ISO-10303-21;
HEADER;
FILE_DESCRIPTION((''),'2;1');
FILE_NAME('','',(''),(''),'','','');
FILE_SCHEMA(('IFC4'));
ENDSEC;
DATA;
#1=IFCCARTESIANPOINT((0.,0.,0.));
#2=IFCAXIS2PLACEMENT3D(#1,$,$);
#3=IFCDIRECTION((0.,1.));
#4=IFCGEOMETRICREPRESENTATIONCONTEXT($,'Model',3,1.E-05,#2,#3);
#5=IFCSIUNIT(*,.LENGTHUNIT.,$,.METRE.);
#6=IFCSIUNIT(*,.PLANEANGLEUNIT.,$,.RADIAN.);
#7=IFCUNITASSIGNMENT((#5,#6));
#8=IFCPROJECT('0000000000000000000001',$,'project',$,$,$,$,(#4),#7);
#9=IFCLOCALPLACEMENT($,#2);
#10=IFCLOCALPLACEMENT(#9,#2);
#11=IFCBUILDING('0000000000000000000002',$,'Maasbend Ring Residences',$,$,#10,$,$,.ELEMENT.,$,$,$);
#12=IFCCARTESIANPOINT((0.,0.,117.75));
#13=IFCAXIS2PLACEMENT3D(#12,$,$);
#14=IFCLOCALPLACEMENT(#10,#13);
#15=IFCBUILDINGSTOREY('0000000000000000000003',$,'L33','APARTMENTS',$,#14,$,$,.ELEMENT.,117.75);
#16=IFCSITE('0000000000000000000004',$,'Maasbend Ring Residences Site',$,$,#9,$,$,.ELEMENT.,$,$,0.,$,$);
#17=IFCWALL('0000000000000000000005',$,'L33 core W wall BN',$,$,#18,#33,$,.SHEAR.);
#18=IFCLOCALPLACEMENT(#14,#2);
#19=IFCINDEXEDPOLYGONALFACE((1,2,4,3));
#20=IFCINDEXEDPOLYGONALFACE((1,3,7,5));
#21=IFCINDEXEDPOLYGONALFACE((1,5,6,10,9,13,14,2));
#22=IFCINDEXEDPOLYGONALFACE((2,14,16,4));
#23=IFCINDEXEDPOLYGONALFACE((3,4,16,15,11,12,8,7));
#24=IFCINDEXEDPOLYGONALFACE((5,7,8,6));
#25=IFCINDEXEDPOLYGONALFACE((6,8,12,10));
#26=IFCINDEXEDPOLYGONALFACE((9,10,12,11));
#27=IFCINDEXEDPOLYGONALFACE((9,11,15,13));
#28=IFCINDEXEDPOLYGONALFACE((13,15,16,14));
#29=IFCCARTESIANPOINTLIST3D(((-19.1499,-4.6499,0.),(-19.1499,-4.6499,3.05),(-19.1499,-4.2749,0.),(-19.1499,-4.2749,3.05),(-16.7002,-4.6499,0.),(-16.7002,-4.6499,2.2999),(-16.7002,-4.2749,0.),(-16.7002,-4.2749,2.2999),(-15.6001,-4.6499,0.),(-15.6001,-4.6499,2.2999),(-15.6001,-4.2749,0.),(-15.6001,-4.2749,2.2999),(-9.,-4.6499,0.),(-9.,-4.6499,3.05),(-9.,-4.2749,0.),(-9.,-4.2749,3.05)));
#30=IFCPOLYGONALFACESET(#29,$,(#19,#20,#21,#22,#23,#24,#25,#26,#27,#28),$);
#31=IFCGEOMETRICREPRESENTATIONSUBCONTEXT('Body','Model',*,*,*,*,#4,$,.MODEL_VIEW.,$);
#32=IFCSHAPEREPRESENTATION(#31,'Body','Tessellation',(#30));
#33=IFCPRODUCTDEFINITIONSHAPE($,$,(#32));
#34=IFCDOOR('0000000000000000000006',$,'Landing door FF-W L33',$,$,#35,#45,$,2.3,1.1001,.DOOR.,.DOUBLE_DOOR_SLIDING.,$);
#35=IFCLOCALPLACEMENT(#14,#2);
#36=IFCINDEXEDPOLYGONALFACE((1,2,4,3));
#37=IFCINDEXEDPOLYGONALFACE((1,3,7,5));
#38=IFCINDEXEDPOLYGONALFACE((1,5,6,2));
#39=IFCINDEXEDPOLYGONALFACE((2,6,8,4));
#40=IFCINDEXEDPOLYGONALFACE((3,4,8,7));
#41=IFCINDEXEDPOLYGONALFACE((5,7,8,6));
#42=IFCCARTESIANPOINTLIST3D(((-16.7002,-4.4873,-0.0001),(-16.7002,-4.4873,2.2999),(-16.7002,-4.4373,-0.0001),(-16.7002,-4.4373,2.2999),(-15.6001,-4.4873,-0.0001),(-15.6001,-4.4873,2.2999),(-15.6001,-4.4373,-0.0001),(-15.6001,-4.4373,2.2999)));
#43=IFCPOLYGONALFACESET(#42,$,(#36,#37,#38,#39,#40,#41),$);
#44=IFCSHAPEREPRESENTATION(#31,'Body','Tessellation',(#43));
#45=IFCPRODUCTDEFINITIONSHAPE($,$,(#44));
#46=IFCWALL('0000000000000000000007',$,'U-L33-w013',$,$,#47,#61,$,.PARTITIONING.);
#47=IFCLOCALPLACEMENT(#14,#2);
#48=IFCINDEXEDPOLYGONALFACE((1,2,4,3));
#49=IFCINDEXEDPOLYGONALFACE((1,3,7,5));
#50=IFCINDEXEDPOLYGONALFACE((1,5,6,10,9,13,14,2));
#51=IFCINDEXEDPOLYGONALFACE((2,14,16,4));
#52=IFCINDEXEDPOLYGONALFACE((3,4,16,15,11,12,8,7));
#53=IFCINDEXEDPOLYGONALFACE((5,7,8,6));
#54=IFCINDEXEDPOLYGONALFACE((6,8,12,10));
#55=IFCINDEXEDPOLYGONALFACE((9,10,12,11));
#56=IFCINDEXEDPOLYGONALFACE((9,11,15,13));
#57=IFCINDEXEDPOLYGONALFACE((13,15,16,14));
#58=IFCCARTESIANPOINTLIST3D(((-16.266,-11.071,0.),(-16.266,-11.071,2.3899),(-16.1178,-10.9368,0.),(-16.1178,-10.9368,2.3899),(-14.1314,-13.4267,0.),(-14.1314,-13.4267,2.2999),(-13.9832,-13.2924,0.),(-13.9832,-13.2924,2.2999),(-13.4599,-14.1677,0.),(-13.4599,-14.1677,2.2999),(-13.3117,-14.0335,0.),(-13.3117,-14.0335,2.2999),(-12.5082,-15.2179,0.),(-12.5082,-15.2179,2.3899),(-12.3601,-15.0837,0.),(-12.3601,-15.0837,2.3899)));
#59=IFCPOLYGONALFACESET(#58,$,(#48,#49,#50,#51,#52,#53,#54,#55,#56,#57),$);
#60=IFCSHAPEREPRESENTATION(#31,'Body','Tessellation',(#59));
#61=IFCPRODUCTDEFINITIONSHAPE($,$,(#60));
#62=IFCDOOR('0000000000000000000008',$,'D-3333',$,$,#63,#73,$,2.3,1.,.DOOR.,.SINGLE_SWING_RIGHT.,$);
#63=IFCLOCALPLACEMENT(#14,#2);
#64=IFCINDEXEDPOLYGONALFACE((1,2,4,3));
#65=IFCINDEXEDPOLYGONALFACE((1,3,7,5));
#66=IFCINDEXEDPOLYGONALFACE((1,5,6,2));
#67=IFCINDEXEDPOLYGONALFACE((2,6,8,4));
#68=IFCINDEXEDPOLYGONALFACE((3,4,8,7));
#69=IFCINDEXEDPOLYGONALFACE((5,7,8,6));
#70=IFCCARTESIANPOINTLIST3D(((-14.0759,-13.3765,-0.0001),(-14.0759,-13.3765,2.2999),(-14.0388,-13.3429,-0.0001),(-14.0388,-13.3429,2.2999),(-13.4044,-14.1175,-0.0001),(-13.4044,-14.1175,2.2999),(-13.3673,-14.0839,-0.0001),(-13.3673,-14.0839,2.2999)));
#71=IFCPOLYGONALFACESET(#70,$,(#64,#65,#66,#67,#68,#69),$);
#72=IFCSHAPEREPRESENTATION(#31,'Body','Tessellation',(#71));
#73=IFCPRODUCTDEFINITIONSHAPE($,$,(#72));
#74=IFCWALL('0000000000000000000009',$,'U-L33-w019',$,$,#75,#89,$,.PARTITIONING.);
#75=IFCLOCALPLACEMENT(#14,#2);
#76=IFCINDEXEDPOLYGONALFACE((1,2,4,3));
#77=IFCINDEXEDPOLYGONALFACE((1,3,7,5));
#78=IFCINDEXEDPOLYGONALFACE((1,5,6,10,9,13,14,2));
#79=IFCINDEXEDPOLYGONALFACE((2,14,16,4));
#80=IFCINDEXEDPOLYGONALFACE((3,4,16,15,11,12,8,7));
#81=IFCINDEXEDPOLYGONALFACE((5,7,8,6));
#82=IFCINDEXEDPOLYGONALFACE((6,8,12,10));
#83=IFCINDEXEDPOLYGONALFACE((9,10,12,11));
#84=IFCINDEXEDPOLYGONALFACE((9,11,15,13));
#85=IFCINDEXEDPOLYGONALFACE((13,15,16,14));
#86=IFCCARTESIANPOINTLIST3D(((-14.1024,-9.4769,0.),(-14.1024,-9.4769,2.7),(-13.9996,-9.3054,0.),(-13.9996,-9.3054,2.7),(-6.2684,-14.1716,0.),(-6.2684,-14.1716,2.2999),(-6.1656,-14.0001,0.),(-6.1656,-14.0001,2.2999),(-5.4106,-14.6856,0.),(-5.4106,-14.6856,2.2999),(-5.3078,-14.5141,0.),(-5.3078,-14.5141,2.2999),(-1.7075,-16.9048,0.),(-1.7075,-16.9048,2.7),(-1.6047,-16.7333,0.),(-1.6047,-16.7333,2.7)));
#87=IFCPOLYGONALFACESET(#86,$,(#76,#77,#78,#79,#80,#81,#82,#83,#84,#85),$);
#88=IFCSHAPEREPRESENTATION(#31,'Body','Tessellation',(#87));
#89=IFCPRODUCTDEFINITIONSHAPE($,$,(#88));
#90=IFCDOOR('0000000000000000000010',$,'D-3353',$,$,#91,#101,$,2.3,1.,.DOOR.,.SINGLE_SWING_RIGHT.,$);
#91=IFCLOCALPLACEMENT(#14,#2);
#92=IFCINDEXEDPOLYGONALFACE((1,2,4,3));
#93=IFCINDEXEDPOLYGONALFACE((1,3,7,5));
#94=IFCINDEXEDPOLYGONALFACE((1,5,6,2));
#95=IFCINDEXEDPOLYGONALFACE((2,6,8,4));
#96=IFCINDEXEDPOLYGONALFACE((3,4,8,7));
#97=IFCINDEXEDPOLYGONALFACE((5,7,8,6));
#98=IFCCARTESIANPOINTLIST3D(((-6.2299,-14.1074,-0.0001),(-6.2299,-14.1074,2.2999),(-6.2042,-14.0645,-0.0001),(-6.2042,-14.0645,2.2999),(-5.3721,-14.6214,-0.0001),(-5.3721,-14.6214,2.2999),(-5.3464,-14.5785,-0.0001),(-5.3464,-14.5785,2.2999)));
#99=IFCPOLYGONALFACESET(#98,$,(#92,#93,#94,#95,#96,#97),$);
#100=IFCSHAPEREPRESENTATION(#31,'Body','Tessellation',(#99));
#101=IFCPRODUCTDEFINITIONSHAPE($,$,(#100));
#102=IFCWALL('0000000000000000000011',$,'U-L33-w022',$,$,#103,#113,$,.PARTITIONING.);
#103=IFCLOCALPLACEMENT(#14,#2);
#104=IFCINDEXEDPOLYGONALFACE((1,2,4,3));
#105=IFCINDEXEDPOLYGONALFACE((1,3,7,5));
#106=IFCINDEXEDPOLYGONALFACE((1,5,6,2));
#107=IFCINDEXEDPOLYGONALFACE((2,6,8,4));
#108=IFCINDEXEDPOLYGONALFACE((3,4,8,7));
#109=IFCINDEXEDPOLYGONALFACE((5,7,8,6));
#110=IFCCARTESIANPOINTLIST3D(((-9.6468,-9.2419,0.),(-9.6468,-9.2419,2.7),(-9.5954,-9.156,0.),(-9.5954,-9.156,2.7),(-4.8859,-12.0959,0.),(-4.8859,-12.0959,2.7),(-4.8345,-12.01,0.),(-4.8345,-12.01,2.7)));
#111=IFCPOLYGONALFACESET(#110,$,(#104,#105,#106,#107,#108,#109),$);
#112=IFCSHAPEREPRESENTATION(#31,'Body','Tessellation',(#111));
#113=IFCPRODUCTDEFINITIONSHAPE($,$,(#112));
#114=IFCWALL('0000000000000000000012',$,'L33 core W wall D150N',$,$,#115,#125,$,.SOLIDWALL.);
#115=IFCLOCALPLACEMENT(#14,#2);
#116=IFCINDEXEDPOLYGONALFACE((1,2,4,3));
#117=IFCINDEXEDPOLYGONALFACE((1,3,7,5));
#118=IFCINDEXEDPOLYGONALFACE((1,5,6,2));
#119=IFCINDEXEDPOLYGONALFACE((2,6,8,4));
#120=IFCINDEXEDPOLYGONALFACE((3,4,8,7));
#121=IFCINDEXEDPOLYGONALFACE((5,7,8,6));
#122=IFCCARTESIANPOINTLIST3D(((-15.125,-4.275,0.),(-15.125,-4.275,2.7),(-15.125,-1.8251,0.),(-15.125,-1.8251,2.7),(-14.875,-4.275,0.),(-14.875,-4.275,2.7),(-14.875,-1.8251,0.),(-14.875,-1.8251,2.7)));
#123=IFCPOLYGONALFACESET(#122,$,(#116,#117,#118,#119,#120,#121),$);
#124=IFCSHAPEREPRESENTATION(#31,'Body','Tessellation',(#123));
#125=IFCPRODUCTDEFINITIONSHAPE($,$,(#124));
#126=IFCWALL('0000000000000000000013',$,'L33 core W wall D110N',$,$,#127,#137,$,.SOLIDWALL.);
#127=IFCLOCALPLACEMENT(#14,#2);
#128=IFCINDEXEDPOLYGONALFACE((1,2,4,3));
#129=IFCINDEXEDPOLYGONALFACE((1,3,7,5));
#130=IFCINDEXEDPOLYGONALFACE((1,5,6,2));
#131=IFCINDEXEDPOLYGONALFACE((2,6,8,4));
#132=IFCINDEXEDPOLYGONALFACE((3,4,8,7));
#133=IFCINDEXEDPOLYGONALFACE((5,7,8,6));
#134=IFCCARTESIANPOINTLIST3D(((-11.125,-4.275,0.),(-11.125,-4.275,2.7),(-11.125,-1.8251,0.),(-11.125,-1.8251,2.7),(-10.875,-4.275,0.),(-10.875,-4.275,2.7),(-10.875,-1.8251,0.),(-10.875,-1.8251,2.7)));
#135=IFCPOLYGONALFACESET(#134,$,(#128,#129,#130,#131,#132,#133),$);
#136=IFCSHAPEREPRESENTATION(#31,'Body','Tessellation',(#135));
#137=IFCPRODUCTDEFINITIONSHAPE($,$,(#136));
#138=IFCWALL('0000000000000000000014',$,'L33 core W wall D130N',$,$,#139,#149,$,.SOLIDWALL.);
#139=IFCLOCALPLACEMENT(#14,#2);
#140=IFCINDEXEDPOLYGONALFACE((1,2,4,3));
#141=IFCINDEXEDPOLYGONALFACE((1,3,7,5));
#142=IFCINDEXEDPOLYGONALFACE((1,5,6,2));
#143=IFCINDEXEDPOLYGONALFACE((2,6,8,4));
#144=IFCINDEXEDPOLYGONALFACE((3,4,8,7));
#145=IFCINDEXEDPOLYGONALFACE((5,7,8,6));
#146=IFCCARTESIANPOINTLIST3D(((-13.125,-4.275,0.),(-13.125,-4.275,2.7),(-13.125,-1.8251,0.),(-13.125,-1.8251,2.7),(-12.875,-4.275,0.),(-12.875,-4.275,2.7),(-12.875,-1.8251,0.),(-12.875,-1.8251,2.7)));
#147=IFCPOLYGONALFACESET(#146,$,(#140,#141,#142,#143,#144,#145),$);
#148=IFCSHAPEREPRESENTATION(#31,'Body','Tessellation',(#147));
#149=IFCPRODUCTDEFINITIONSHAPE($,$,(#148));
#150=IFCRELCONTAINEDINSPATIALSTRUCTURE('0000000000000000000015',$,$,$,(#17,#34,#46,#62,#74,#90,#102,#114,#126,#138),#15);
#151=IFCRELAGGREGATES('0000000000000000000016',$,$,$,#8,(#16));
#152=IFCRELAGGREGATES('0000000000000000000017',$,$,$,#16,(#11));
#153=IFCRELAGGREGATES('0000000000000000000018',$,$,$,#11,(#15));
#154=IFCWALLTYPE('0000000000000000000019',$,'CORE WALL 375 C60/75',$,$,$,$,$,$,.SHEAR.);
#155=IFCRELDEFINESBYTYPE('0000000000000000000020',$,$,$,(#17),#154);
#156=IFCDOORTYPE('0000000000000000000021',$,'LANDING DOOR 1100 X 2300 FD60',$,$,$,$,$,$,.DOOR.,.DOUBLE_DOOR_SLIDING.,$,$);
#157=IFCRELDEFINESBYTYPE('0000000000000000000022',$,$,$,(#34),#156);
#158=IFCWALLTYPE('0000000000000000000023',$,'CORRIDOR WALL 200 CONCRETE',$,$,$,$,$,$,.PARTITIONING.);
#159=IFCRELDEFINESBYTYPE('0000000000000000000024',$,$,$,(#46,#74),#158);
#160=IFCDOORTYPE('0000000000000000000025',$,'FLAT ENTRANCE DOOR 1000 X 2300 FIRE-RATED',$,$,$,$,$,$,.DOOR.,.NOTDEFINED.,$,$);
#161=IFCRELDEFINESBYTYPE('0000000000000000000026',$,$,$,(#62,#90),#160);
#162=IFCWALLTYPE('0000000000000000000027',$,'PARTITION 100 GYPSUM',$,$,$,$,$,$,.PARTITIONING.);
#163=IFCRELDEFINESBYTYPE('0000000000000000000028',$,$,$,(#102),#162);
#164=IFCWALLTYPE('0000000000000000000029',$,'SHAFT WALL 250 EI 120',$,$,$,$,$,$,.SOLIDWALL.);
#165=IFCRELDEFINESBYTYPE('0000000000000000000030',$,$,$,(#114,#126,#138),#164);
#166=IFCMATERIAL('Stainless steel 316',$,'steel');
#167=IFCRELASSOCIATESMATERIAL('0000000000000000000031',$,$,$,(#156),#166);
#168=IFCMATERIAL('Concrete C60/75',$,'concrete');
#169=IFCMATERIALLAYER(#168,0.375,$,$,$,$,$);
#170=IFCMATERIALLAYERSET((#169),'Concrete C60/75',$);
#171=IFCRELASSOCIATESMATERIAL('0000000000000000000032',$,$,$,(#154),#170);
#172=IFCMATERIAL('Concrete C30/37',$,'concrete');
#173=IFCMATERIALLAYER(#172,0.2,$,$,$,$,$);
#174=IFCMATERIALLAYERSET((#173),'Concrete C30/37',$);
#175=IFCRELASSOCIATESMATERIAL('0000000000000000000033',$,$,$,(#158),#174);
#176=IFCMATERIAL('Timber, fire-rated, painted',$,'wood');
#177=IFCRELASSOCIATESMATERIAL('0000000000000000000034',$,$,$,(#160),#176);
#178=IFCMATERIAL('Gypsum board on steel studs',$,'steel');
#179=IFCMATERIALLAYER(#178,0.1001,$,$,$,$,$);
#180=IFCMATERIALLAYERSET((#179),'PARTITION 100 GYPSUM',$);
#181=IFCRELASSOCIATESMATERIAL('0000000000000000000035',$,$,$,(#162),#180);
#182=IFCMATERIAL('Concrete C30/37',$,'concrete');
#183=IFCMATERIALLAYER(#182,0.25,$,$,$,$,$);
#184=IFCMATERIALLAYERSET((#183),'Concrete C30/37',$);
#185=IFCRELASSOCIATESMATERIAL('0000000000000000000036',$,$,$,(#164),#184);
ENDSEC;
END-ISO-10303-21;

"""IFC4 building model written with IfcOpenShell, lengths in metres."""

from ifc_helpers import new_model, si_unit, direction, frame, frame_2d, origin, place, context, subcontext, project, spatial, rectangle, extrude, material, layer, layer_set, type_object, element, fill, save


model = new_model("IFC4")

# Units and contexts
model_context = context("Model", 3, precision=1e-05, world=origin(), true_north=direction((0.0, 1.0)))
body_context = subcontext(model_context, "Body", "Model", "MODEL_VIEW")
ifc_project = project(units=[si_unit("LENGTHUNIT", "METRE"), si_unit("PLANEANGLEUNIT", "RADIAN")], contexts=[model_context])

# Site, building, storey
site_placement = place(None, origin())
site = spatial("IfcSite", under=ifc_project, at=site_placement, Name="Maasbend Ring Residences Site", CompositionType="ELEMENT", RefElevation=0.0)
building_placement = place(site_placement, origin())
building = spatial("IfcBuilding", under=site, at=building_placement, Name="Maasbend Ring Residences", CompositionType="ELEMENT")
storey_placement = place(building_placement, frame((0.0, 0.0, 117.75)))
storey = spatial("IfcBuildingStorey", under=building, at=storey_placement, Name="L33", Description="APARTMENTS", CompositionType="ELEMENT", Elevation=117.75)

# Shared definitions
ifc_material_1 = material(Name="Stainless steel 316", Category="steel")
door_type_1 = type_object("IfcDoorType", Name="LANDING DOOR 1100 X 2300 FD60", OperationType="DOUBLE_DOOR_SLIDING", PredefinedType="DOOR", material=ifc_material_1)

# Walls, openings, doors
ifc_material_2 = material(Name="Concrete C60/75", Category="concrete")
ifc_layer_1 = layer(ifc_material_2, 0.375)
ifc_layer_set_1 = layer_set([ifc_layer_1], Name="Concrete C60/75")
wall_type_1 = type_object("IfcWallType", Name="CORE WALL 375 C60/75", PredefinedType="SHEAR", material=ifc_layer_set_1)
wall_1_placement = place(storey_placement, frame((-9.0, -4.4624, 0.0), z_axis=(0.0, 0.0, 1.0), x_axis=(-1.0, 0.0, 0.0)))
wall_1 = element("IfcWall", 1, at=wall_1_placement, inside=storey, type_object=wall_type_1, Name="L33 core W wall BN", PredefinedType="SHEAR", context=body_context, shape_type="SweptSolid", body=[
    extrude(rectangle(XDim=10.1499, YDim=0.375, at=frame_2d((5.075, 0.0))), origin(), (0.0, 0.0, 1.0), 3.05),
])
opening_1_placement = place(wall_1_placement, frame((6.6001, 0.0, 0.0)))
opening_1 = element("IfcOpeningElement", 2, at=opening_1_placement, cuts=wall_1, PredefinedType="OPENING", context=body_context, shape_type="SweptSolid", body=[
    extrude(rectangle(XDim=1.1001, YDim=2.3, at=frame_2d((0.55, 1.1499))), frame((0.0, 0.1975, 0.0), z_axis=(0.0, -1.0, 0.0), x_axis=(1.0, 0.0, 0.0)), (0.0, 0.0, 1.0), 0.395),
])
door_1_placement = place(opening_1_placement, origin())
door_1 = element("IfcDoor", 3, at=door_1_placement, inside=storey, type_object=door_type_1, Name="Landing door FF-W L33", OperationType="DOUBLE_DOOR_SLIDING", OverallHeight=2.3, OverallWidth=1.1001, PredefinedType="DOOR", context=body_context, shape_type="SweptSolid", body=[
    extrude(rectangle(XDim=1.1001, YDim=2.3, at=frame_2d((0.55, 1.1499))), frame((0.0, 0.0249, 0.0), z_axis=(0.0, -1.0, 0.0), x_axis=(1.0, 0.0, 0.0)), (0.0, 0.0, 1.0), 0.05),
])
fill(opening_1, door_1)
ifc_material_3 = material(Name="Concrete C30/37", Category="concrete")
ifc_layer_2 = layer(ifc_material_3, 0.2)
ifc_layer_set_2 = layer_set([ifc_layer_2], Name="Concrete C30/37")
wall_type_2 = type_object("IfcWallType", Name="CORRIDOR WALL 200 CONCRETE", PredefinedType="PARTITIONING", material=ifc_layer_set_2)
wall_2_placement = place(storey_placement, frame((-16.1919, -11.0039, 0.0), z_axis=(0.0, 0.0, 1.0), x_axis=(0.671482, -0.741021, 0.0)))
wall_2 = element("IfcWall", 4, at=wall_2_placement, inside=storey, type_object=wall_type_2, Name="U-L33-w013", PredefinedType="PARTITIONING", context=body_context, shape_type="SweptSolid", body=[
    extrude(rectangle(XDim=5.5962, YDim=0.2, at=frame_2d((2.7981, 0.0))), origin(), (0.0, 0.0, 1.0), 2.3899),
])
opening_2_placement = place(wall_2_placement, frame((3.179, 0.0, 0.0)))
opening_2 = element("IfcOpeningElement", 5, at=opening_2_placement, cuts=wall_2, PredefinedType="OPENING", context=body_context, shape_type="SweptSolid", body=[
    extrude(rectangle(XDim=1.0, YDim=2.3, at=frame_2d((0.5, 1.1499))), frame((0.0, 0.1099, 0.0), z_axis=(0.0, -1.0, 0.0), x_axis=(1.0, 0.0, 0.0)), (0.0, 0.0, 1.0), 0.22),
])
ifc_material_4 = material(Name="Timber, fire-rated, painted", Category="wood")
door_type_2 = type_object("IfcDoorType", Name="FLAT ENTRANCE DOOR 1000 X 2300 FIRE-RATED", OperationType="NOTDEFINED", PredefinedType="DOOR", material=ifc_material_4)
door_2_placement = place(opening_2_placement, origin())
door_2 = element("IfcDoor", 6, at=door_2_placement, inside=storey, type_object=door_type_2, Name="D-3333", OperationType="SINGLE_SWING_RIGHT", OverallHeight=2.3, OverallWidth=1.0, PredefinedType="DOOR", context=body_context, shape_type="SweptSolid", body=[
    extrude(rectangle(XDim=1.0, YDim=2.3, at=frame_2d((0.5, 1.1499))), frame((0.0, 0.0249, 0.0), z_axis=(0.0, -1.0, 0.0), x_axis=(1.0, 0.0, 0.0)), (0.0, 0.0, 1.0), 0.05),
])
fill(opening_2, door_2)
wall_3_placement = place(storey_placement, frame((-14.051, -9.3911, 0.0), z_axis=(0.0, 0.0, 1.0), x_axis=(0.857769, -0.514036, 0.0)))
wall_3 = element("IfcWall", 7, at=wall_3_placement, inside=storey, type_object=wall_type_2, Name="U-L33-w019", PredefinedType="PARTITIONING", context=body_context, shape_type="SweptSolid", body=[
    extrude(rectangle(XDim=14.4502, YDim=0.2, at=frame_2d((7.2251, 0.0))), origin(), (0.0, 0.0, 1.0), 2.7),
])
opening_3_placement = place(wall_3_placement, frame((9.1331, 0.0, 0.0)))
opening_3 = element("IfcOpeningElement", 8, at=opening_3_placement, cuts=wall_3, PredefinedType="OPENING", context=body_context, shape_type="SweptSolid", body=[
    extrude(rectangle(XDim=1.0, YDim=2.3, at=frame_2d((0.5, 1.1499))), frame((0.0, 0.1099, 0.0), z_axis=(0.0, -1.0, 0.0), x_axis=(1.0, 0.0, 0.0)), (0.0, 0.0, 1.0), 0.22),
])
door_3_placement = place(opening_3_placement, origin())
door_3 = element("IfcDoor", 9, at=door_3_placement, inside=storey, type_object=door_type_2, Name="D-3353", OperationType="SINGLE_SWING_RIGHT", OverallHeight=2.3, OverallWidth=1.0, PredefinedType="DOOR", context=body_context, shape_type="SweptSolid", body=[
    extrude(rectangle(XDim=1.0, YDim=2.3, at=frame_2d((0.5, 1.1499))), frame((0.0, 0.0249, 0.0), z_axis=(0.0, -1.0, 0.0), x_axis=(1.0, 0.0, 0.0)), (0.0, 0.0, 1.0), 0.05),
])
fill(opening_3, door_3)

# Walls
ifc_material_5 = material(Name="Gypsum board on steel studs", Category="steel")
ifc_layer_3 = layer(ifc_material_5, 0.1001)
ifc_layer_set_3 = layer_set([ifc_layer_3], Name="PARTITION 100 GYPSUM")
wall_type_3 = type_object("IfcWallType", Name="PARTITION 100 GYPSUM", PredefinedType="PARTITIONING", material=ifc_layer_set_3)
wall_4_placement = place(storey_placement, frame((-9.6211, -9.199, 0.0), z_axis=(0.0, 0.0, 1.0), x_axis=(0.857699, -0.514153, 0.0)))
element("IfcWall", 10, at=wall_4_placement, inside=storey, type_object=wall_type_3, Name="U-L33-w022", PredefinedType="PARTITIONING", context=body_context, shape_type="SweptSolid", body=[
    extrude(rectangle(XDim=5.5508, YDim=0.1001, at=frame_2d((2.7754, 0.0))), origin(), (0.0, 0.0, 1.0), 2.7),
])
ifc_material_6 = material(Name="Concrete C30/37", Category="concrete")
ifc_layer_4 = layer(ifc_material_6, 0.25)
ifc_layer_set_4 = layer_set([ifc_layer_4], Name="Concrete C30/37")
wall_type_4 = type_object("IfcWallType", Name="SHAFT WALL 250 EI 120", PredefinedType="SOLIDWALL", material=ifc_layer_set_4)
for number, where, z_axis, x_axis, name in (
    (11, (-15.0, -1.825, 0.0), (0.0, 0.0, 1.0), (0.0, -1.0, 0.0), "L33 core W wall D150N"),
    (12, (-11.0, -1.825, 0.0), (0.0, 0.0, 1.0), (0.0, -1.0, 0.0), "L33 core W wall D110N"),
    (13, (-13.0, -1.825, 0.0), (0.0, 0.0, 1.0), (0.0, -1.0, 0.0), "L33 core W wall D130N"),
):
    element("IfcWall", number, at=place(storey_placement, frame(where, z_axis=z_axis, x_axis=x_axis)), inside=storey, type_object=wall_type_4, Name=name, PredefinedType="SOLIDWALL", context=body_context, shape_type="SweptSolid", body=[
        extrude(rectangle(XDim=2.45, YDim=0.25, at=frame_2d((1.2251, 0.0))), origin(), (0.0, 0.0, 1.0), 2.7),
    ])

save(model, "model.ifc")
